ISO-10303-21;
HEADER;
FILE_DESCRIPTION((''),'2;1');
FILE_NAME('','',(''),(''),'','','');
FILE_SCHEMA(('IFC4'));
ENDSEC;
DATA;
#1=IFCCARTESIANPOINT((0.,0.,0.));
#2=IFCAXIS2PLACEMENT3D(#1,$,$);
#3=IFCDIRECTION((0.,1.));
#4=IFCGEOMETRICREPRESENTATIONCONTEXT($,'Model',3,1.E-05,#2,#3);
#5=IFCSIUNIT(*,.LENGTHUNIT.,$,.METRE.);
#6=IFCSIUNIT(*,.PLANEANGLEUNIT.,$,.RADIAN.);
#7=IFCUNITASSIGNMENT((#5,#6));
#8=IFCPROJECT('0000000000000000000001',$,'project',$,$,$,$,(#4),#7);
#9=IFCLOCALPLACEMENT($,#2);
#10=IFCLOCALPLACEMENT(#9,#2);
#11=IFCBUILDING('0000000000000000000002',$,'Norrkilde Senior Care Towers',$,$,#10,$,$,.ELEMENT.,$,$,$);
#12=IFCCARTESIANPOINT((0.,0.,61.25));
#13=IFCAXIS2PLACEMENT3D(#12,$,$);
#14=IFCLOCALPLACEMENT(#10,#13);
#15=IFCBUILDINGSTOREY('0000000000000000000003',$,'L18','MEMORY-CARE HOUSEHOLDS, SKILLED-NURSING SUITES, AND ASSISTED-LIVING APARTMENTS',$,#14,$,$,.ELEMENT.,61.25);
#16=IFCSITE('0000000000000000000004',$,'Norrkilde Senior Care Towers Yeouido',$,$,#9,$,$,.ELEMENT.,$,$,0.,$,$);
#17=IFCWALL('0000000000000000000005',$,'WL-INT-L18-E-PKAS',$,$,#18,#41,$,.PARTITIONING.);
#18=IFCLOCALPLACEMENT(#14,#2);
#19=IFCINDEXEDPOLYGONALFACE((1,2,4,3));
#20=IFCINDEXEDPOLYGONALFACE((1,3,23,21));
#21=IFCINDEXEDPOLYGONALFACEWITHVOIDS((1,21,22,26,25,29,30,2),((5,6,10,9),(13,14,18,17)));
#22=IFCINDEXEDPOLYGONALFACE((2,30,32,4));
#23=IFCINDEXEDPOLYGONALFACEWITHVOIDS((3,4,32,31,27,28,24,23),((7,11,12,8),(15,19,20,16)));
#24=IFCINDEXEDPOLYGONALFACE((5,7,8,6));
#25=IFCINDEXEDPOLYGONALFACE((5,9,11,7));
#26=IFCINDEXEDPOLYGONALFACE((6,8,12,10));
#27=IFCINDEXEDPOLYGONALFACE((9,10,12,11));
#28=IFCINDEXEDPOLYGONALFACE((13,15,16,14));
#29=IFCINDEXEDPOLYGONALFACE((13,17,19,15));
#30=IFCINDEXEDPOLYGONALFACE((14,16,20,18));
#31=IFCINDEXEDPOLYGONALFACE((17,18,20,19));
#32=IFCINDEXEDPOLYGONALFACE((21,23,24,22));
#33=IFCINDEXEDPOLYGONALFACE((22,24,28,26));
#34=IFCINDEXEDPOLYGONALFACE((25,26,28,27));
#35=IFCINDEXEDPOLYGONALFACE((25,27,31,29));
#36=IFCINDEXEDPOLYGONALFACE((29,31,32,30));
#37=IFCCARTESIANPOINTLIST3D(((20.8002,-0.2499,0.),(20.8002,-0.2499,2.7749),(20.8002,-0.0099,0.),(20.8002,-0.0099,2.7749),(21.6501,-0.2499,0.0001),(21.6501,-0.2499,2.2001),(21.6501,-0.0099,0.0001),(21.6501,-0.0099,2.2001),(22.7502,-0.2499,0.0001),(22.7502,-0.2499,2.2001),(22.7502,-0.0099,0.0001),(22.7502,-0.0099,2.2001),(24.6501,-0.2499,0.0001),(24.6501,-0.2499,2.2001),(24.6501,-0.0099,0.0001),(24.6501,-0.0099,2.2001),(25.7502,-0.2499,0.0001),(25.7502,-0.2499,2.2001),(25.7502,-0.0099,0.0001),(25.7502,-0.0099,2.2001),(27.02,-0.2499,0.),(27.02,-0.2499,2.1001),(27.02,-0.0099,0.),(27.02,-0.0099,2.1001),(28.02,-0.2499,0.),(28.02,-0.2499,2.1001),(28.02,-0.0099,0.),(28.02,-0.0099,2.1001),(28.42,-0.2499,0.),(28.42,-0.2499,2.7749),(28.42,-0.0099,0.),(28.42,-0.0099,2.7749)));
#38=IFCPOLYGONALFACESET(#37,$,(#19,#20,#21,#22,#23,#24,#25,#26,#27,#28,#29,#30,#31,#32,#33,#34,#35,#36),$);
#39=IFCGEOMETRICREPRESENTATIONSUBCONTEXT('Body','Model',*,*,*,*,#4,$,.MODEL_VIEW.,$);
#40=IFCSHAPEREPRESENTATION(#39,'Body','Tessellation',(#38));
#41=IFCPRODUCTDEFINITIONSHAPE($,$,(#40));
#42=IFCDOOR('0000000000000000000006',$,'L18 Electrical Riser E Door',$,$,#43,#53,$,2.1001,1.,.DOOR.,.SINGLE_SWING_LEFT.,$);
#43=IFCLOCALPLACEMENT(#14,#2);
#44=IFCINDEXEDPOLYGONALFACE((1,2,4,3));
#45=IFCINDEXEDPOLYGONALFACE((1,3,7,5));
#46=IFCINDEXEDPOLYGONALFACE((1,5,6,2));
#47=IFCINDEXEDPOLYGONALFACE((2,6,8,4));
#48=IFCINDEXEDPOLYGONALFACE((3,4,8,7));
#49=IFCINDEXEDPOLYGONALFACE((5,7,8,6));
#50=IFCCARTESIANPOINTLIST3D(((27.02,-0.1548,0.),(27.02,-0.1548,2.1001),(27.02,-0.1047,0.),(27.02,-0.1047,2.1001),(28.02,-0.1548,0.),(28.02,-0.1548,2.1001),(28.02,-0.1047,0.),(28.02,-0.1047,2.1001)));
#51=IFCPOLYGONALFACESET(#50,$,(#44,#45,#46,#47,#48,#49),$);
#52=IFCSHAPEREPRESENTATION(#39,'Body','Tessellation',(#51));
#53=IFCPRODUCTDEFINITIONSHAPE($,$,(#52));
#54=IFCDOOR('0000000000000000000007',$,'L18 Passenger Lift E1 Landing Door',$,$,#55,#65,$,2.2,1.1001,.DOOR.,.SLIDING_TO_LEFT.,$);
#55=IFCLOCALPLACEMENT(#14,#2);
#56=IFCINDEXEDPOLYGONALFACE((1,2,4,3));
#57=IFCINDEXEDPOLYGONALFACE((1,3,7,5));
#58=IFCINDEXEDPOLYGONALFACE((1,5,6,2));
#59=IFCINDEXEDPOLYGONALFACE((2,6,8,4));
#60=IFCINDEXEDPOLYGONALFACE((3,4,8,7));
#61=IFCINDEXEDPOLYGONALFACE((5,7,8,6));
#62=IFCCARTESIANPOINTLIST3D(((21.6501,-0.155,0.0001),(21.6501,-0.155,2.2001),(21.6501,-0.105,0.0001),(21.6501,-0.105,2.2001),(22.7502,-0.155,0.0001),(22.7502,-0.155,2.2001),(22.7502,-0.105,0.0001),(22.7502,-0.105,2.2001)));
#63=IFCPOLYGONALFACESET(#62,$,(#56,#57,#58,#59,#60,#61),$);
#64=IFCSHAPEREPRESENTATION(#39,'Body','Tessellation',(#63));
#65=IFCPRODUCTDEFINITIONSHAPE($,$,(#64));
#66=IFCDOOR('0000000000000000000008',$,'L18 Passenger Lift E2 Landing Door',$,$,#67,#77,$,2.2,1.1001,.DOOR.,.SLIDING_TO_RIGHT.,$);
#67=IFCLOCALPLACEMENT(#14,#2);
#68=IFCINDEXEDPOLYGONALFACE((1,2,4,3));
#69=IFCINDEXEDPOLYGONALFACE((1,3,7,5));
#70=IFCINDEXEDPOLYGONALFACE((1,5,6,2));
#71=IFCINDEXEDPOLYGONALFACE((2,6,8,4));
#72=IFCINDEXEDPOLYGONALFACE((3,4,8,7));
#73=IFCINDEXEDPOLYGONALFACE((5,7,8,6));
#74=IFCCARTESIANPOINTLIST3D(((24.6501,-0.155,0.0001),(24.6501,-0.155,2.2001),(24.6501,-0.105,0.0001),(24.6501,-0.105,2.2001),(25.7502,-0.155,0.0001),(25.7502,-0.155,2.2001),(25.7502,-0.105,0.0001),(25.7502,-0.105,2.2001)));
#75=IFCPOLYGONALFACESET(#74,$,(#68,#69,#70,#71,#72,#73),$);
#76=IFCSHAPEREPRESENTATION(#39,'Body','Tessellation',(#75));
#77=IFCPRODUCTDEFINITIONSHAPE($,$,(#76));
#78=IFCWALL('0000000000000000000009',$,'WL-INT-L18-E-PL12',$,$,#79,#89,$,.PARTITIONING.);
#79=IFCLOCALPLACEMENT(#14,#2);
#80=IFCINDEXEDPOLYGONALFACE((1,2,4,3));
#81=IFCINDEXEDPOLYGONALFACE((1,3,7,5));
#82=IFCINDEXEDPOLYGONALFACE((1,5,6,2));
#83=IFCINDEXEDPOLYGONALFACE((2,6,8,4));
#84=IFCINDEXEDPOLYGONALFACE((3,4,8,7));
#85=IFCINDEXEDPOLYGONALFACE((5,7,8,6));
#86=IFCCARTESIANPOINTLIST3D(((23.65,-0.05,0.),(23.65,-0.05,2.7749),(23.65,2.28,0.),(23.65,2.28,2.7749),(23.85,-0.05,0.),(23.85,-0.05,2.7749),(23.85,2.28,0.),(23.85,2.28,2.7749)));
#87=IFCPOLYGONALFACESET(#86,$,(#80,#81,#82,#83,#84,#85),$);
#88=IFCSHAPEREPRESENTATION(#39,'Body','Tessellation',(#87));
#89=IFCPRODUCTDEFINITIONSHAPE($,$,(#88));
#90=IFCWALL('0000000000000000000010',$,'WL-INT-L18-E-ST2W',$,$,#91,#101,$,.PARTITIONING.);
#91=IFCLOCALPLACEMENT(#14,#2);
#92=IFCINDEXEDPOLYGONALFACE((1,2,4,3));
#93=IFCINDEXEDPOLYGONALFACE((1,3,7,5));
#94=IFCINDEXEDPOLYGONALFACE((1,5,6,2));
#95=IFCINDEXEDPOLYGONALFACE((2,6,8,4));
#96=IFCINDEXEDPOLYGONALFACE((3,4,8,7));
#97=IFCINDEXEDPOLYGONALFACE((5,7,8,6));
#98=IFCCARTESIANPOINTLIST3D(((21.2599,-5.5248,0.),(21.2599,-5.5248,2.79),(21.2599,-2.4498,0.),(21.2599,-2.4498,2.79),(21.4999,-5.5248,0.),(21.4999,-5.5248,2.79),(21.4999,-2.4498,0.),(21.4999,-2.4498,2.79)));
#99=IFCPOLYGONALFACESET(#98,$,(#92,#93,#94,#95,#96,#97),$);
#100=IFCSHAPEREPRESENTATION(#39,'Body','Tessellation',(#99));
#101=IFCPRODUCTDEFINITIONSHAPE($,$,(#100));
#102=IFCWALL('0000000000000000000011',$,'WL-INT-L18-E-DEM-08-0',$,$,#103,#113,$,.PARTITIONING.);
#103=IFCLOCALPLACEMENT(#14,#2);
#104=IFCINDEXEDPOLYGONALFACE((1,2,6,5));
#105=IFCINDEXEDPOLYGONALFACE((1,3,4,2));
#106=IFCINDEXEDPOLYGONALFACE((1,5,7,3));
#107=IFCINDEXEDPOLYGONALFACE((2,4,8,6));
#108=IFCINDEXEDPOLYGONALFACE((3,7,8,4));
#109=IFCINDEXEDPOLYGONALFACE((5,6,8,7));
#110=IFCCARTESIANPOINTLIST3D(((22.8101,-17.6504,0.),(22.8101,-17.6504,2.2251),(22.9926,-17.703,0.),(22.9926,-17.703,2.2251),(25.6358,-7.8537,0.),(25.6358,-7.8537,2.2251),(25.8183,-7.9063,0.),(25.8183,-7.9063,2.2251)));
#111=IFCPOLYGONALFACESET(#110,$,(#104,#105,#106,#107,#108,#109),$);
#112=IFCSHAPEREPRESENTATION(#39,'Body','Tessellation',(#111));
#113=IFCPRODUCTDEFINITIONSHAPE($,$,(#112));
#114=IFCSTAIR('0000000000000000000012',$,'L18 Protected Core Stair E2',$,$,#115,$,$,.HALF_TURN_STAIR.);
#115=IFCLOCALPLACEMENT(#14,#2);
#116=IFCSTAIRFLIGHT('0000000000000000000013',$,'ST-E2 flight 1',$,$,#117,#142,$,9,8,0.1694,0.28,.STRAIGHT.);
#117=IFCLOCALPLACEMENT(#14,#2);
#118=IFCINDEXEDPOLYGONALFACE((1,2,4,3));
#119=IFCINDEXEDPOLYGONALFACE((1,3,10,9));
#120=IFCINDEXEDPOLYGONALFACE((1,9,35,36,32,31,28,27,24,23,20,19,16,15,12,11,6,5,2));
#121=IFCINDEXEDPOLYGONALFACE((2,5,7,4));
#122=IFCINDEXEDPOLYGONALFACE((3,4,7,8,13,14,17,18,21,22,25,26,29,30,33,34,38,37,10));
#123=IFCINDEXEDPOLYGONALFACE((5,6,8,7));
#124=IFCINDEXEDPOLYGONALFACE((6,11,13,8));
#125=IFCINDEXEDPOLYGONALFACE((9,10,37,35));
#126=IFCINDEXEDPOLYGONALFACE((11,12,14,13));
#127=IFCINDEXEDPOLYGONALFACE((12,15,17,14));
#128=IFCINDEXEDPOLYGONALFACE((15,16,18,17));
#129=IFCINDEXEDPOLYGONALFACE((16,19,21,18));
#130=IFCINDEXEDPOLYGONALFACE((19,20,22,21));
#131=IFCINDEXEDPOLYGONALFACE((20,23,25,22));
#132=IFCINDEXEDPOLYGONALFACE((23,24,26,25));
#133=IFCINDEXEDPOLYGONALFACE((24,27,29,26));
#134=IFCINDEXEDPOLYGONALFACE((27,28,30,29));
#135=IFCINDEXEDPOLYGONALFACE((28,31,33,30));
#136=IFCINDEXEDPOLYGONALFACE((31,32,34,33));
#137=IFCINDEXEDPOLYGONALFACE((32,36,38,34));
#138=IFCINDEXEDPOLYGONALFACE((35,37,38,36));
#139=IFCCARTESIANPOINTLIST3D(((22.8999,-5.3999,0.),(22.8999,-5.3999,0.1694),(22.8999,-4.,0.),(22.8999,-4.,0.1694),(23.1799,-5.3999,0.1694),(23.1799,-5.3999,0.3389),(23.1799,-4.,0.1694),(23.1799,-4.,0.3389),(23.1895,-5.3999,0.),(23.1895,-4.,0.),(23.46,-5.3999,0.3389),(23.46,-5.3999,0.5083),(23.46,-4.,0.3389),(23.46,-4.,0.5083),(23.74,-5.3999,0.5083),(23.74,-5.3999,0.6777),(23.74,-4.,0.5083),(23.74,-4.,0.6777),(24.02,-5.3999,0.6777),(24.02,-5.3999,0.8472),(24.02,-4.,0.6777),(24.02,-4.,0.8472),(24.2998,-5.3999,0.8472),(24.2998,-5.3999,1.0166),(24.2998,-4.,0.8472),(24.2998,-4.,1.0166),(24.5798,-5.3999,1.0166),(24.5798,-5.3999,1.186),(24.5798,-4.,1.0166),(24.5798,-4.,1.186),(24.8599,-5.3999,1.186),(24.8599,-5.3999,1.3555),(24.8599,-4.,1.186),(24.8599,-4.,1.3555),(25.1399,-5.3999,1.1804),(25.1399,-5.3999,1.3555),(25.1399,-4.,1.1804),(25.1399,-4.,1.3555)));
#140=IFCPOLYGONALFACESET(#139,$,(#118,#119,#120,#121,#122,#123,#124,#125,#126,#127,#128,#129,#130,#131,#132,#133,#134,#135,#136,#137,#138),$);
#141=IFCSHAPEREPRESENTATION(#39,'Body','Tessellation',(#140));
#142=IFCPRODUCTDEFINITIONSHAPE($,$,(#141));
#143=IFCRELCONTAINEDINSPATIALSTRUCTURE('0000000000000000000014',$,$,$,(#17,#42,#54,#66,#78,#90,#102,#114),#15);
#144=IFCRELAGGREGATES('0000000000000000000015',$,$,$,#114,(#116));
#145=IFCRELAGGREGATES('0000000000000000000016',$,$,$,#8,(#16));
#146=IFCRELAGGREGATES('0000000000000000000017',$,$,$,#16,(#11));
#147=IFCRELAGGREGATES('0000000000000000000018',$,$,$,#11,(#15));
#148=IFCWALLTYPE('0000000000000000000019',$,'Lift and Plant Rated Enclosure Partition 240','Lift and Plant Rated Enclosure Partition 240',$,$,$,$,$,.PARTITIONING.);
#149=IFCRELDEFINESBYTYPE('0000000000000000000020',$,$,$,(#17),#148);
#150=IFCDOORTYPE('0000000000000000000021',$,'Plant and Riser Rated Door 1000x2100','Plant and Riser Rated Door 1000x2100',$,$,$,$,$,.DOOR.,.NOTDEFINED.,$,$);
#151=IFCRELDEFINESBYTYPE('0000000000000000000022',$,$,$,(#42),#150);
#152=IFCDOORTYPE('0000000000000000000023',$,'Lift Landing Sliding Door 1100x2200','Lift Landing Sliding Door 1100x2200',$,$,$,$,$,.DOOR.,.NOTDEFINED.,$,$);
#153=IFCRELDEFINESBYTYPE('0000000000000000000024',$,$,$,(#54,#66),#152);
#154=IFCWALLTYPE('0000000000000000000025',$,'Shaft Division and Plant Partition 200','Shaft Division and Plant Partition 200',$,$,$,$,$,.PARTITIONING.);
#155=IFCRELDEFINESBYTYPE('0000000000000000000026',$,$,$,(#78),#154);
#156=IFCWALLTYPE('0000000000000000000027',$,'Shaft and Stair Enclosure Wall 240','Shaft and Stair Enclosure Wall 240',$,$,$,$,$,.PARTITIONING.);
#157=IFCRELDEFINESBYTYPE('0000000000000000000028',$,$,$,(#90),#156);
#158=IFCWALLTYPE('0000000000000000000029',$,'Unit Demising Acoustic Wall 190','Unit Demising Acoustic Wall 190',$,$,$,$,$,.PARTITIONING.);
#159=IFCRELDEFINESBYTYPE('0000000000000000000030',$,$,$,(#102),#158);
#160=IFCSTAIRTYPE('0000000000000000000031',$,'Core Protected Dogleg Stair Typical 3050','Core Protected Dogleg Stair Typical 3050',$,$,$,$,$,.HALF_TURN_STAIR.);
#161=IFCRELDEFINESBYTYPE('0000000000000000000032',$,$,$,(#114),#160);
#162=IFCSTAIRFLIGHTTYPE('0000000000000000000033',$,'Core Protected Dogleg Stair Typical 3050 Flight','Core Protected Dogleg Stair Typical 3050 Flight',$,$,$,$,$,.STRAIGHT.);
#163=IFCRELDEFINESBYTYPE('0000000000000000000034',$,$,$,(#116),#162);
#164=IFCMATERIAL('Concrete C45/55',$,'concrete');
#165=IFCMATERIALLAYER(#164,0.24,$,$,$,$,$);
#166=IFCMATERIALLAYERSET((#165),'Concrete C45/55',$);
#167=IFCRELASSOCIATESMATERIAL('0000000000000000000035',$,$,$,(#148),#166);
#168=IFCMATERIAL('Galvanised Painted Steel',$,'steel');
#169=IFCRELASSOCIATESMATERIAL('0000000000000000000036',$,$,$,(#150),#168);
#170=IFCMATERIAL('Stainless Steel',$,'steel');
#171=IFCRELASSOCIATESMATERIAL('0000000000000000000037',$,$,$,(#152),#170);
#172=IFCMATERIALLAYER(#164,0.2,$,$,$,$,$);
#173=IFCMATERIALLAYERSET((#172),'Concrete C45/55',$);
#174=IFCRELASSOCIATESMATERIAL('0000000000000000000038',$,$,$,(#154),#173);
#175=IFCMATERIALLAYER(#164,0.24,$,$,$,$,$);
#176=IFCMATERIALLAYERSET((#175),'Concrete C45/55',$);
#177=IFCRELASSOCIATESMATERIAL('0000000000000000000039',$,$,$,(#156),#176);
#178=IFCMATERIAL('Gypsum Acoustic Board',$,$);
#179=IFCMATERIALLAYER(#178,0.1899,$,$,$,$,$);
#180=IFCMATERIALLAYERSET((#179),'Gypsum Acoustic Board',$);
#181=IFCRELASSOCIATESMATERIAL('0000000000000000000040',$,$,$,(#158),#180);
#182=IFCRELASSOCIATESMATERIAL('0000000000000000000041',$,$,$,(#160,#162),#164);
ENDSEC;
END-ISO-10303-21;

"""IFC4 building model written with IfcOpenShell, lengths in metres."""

from ifc_helpers import new_model, si_unit, direction, frame, frame_2d, origin, place, context, subcontext, project, spatial, polyline, rectangle, outline, extrude, source, transform, mapped, material, layer, layer_set, type_object, type_shapes, element, fill, aggregate, save


model = new_model("IFC4")

# Units and contexts
model_context = context("Model", 3, precision=1e-05, world=origin(), true_north=direction((0.0, 1.0)))
body_context = subcontext(model_context, "Body", "Model", "MODEL_VIEW")
ifc_project = project(units=[si_unit("LENGTHUNIT", "METRE"), si_unit("PLANEANGLEUNIT", "RADIAN")], contexts=[model_context])

# Site, building, storey
site_placement = place(None, origin())
site = spatial("IfcSite", under=ifc_project, at=site_placement, Name="Norrkilde Senior Care Towers Yeouido", CompositionType="ELEMENT", RefElevation=0.0)
building_placement = place(site_placement, origin())
building = spatial("IfcBuilding", under=site, at=building_placement, Name="Norrkilde Senior Care Towers", CompositionType="ELEMENT")
storey_placement = place(building_placement, frame((0.0, 0.0, 61.25)))
storey = spatial("IfcBuildingStorey", under=building, at=storey_placement, Name="L18", Description="MEMORY-CARE HOUSEHOLDS, SKILLED-NURSING SUITES, AND ASSISTED-LIVING APARTMENTS", CompositionType="ELEMENT", Elevation=61.25)

# Shared definitions
ifc_material_1 = material(Name="Galvanised Painted Steel", Category="steel")

# Wall, openings, doors
ifc_material_2 = material(Name="Concrete C45/55", Category="concrete")
ifc_layer_1 = layer(ifc_material_2, 0.24)
ifc_layer_set_1 = layer_set([ifc_layer_1], Name="Concrete C45/55")
wall_type_1 = type_object("IfcWallType", Name="Lift and Plant Rated Enclosure Partition 240", Description="Lift and Plant Rated Enclosure Partition 240", PredefinedType="PARTITIONING", material=ifc_layer_set_1)
shared_shape_1 = source(origin(), body_context, "Body", "SweptSolid", [
    extrude(rectangle(XDim=7.6199, YDim=0.24, at=frame_2d((3.8101, 0.0))), origin(), (0.0, 0.0, 1.0), 2.7749),
])
type_shapes(wall_type_1, [shared_shape_1])
wall_1_placement = place(storey_placement, frame((20.8, -0.1299, 0.0), z_axis=(0.0, 0.0, 1.0), x_axis=(1.0, 0.0, 0.0)))
wall_1 = element("IfcWall", 1, at=wall_1_placement, inside=storey, type_object=wall_type_1, Name="WL-INT-L18-E-PKAS", PredefinedType="PARTITIONING", context=body_context, shape_type="MappedRepresentation", body=[
    mapped(shared_shape_1, transform((0.0, 0.0, 0.0), x_axis=(1.0, 0.0, 0.0), y_axis=(0.0, 1.0, 0.0), z_axis=(0.0, 0.0, 1.0), scale=1.0)),
])
opening_1_placement = place(wall_1_placement, frame((6.22, 0.0, 0.0)))
opening_1 = element("IfcOpeningElement", 2, at=opening_1_placement, cuts=wall_1, PredefinedType="OPENING", context=body_context, shape_type="SweptSolid", body=[
    extrude(rectangle(XDim=1.0, YDim=2.1001, at=frame_2d((0.5, 1.05))), frame((0.0, 0.1299, 0.0), z_axis=(0.0, -1.0, 0.0), x_axis=(1.0, 0.0, 0.0)), (0.0, 0.0, 1.0), 0.26),
])
opening_2_placement = place(wall_1_placement, frame((0.8501, 0.0, 0.0)))
opening_2 = element("IfcOpeningElement", 3, at=opening_2_placement, cuts=wall_1, PredefinedType="OPENING", context=body_context, shape_type="SweptSolid", body=[
    extrude(rectangle(XDim=1.1001, YDim=2.2, at=frame_2d((0.55, 1.1001))), frame((0.0, 0.1299, 0.0), z_axis=(0.0, -1.0, 0.0), x_axis=(1.0, 0.0, 0.0)), (0.0, 0.0, 1.0), 0.26),
])
opening_3_placement = place(wall_1_placement, frame((3.8501, 0.0, 0.0)))
opening_3 = element("IfcOpeningElement", 4, at=opening_3_placement, cuts=wall_1, PredefinedType="OPENING", context=body_context, shape_type="SweptSolid", body=[
    extrude(rectangle(XDim=1.1001, YDim=2.2, at=frame_2d((0.55, 1.1001))), frame((0.0, 0.1299, 0.0), z_axis=(0.0, -1.0, 0.0), x_axis=(1.0, 0.0, 0.0)), (0.0, 0.0, 1.0), 0.26),
])
door_type_1 = type_object("IfcDoorType", Name="Plant and Riser Rated Door 1000x2100", Description="Plant and Riser Rated Door 1000x2100", OperationType="NOTDEFINED", PredefinedType="DOOR", material=ifc_material_1)
shared_shape_2 = source(origin(), body_context, "Body", "SweptSolid", [
    extrude(rectangle(XDim=1.0, YDim=2.1001, at=frame_2d((0.5, 1.05))), frame((0.0, 0.0249, 0.0), z_axis=(0.0, -1.0, 0.0), x_axis=(1.0, 0.0, 0.0)), (0.0, 0.0, 1.0), 0.05),
])
type_shapes(door_type_1, [shared_shape_2])
door_1_placement = place(opening_1_placement, frame((1.0, 0.0, 0.0), z_axis=(0.0, 0.0, 1.0), x_axis=(-1.0, 0.0, 0.0)))
door_1 = element("IfcDoor", 5, at=door_1_placement, inside=storey, type_object=door_type_1, Name="L18 Electrical Riser E Door", OperationType="SINGLE_SWING_LEFT", OverallHeight=2.1001, OverallWidth=1.0, PredefinedType="DOOR", context=body_context, shape_type="MappedRepresentation", body=[
    mapped(shared_shape_2, transform((0.0, 0.0, 0.0), x_axis=(1.0, 0.0, 0.0), y_axis=(0.0, 1.0, 0.0), z_axis=(0.0, 0.0, 1.0), scale=1.0)),
])
fill(opening_1, door_1)
ifc_material_3 = material(Name="Stainless Steel", Category="steel")
door_type_2 = type_object("IfcDoorType", Name="Lift Landing Sliding Door 1100x2200", Description="Lift Landing Sliding Door 1100x2200", OperationType="NOTDEFINED", PredefinedType="DOOR", material=ifc_material_3)
shared_shape_3 = source(origin(), body_context, "Body", "SweptSolid", [
    extrude(rectangle(XDim=1.1001, YDim=2.2, at=frame_2d((0.55, 1.1001))), frame((0.0, 0.0249, 0.0), z_axis=(0.0, -1.0, 0.0), x_axis=(1.0, 0.0, 0.0)), (0.0, 0.0, 1.0), 0.05),
])
type_shapes(door_type_2, [shared_shape_3])
door_2_placement = place(opening_2_placement, origin())
door_2 = element("IfcDoor", 6, at=door_2_placement, inside=storey, type_object=door_type_2, Name="L18 Passenger Lift E1 Landing Door", OperationType="SLIDING_TO_LEFT", OverallHeight=2.2, OverallWidth=1.1001, PredefinedType="DOOR", context=body_context, shape_type="MappedRepresentation", body=[
    mapped(shared_shape_3, transform((0.0, 0.0, 0.0), x_axis=(1.0, 0.0, 0.0), y_axis=(0.0, 1.0, 0.0), z_axis=(0.0, 0.0, 1.0), scale=1.0)),
])
fill(opening_2, door_2)
door_3_placement = place(opening_3_placement, origin())
door_3 = element("IfcDoor", 7, at=door_3_placement, inside=storey, type_object=door_type_2, Name="L18 Passenger Lift E2 Landing Door", OperationType="SLIDING_TO_RIGHT", OverallHeight=2.2, OverallWidth=1.1001, PredefinedType="DOOR", context=body_context, shape_type="MappedRepresentation", body=[
    mapped(shared_shape_3, transform((0.0, 0.0, 0.0), x_axis=(1.0, 0.0, 0.0), y_axis=(0.0, 1.0, 0.0), z_axis=(0.0, 0.0, 1.0), scale=1.0)),
])
fill(opening_3, door_3)

# Wall
ifc_layer_2 = layer(ifc_material_2, 0.2)
ifc_layer_set_2 = layer_set([ifc_layer_2], Name="Concrete C45/55")
wall_type_2 = type_object("IfcWallType", Name="Shaft Division and Plant Partition 200", Description="Shaft Division and Plant Partition 200", PredefinedType="PARTITIONING", material=ifc_layer_set_2)
shared_shape_4 = source(origin(), body_context, "Body", "SweptSolid", [
    extrude(rectangle(XDim=2.3301, YDim=0.2, at=frame_2d((1.165, 0.0))), origin(), (0.0, 0.0, 1.0), 2.7749),
])
type_shapes(wall_type_2, [shared_shape_4])
wall_2_placement = place(storey_placement, frame((23.75, -0.05, 0.0), z_axis=(0.0, 0.0, 1.0), x_axis=(0.0, 1.0, 0.0)))
element("IfcWall", 8, at=wall_2_placement, inside=storey, type_object=wall_type_2, Name="WL-INT-L18-E-PL12", PredefinedType="PARTITIONING", context=body_context, shape_type="MappedRepresentation", body=[
    mapped(shared_shape_4, transform((0.0, 0.0, 0.0), x_axis=(1.0, 0.0, 0.0), y_axis=(0.0, 1.0, 0.0), z_axis=(0.0, 0.0, 1.0), scale=1.0)),
])

# Shared definitions
ifc_layer_3 = layer(ifc_material_2, 0.24)
ifc_layer_set_3 = layer_set([ifc_layer_3], Name="Concrete C45/55")
wall_type_3 = type_object("IfcWallType", Name="Shaft and Stair Enclosure Wall 240", Description="Shaft and Stair Enclosure Wall 240", PredefinedType="PARTITIONING", material=ifc_layer_set_3)

# Walls
shared_shape_5 = source(origin(), body_context, "Body", "SweptSolid", [
    extrude(rectangle(XDim=3.075, YDim=0.24, at=frame_2d((1.5376, 0.0))), origin(), (0.0, 0.0, 1.0), 2.79),
])
wall_3_placement = place(storey_placement, frame((21.3799, -5.5249, 0.0), z_axis=(0.0, 0.0, 1.0), x_axis=(0.0, 1.0, 0.0)))
element("IfcWall", 9, at=wall_3_placement, inside=storey, type_object=wall_type_3, Name="WL-INT-L18-E-ST2W", PredefinedType="PARTITIONING", context=body_context, shape_type="MappedRepresentation", body=[
    mapped(shared_shape_5, transform((0.0, 0.0, 0.0), x_axis=(1.0, 0.0, 0.0), y_axis=(0.0, 1.0, 0.0), z_axis=(0.0, 0.0, 1.0), scale=1.0)),
])
ifc_material_4 = material(Name="Gypsum Acoustic Board")
ifc_layer_4 = layer(ifc_material_4, 0.1899)
ifc_layer_set_4 = layer_set([ifc_layer_4], Name="Gypsum Acoustic Board")
wall_type_4 = type_object("IfcWallType", Name="Unit Demising Acoustic Wall 190", Description="Unit Demising Acoustic Wall 190", PredefinedType="PARTITIONING", material=ifc_layer_set_4)
shared_shape_6 = source(origin(), body_context, "Body", "SweptSolid", [
    extrude(rectangle(XDim=10.196, YDim=0.1899, at=frame_2d((5.0981, 0.0))), origin(), (0.0, 0.0, 1.0), 2.2251),
])
type_shapes(wall_type_4, [shared_shape_6])
wall_4_placement = place(storey_placement, frame((25.7271, -7.8799, 0.0), z_axis=(0.0, 0.0, 1.0), x_axis=(-0.277136, -0.960831, 0.0)))
element("IfcWall", 10, at=wall_4_placement, inside=storey, type_object=wall_type_4, Name="WL-INT-L18-E-DEM-08-0", PredefinedType="PARTITIONING", context=body_context, shape_type="MappedRepresentation", body=[
    mapped(shared_shape_6, transform((0.0, 0.0, 0.0), x_axis=(1.0, 0.0, 0.0), y_axis=(0.0, 1.0, 0.0), z_axis=(0.0, 0.0, 1.0), scale=1.0)),
])

# Stair, stair flight
stair_type = type_object("IfcStairType", Name="Core Protected Dogleg Stair Typical 3050", Description="Core Protected Dogleg Stair Typical 3050", PredefinedType="HALF_TURN_STAIR", material=ifc_material_2)
stair_placement = place(storey_placement, origin())
stair = element("IfcStair", 11, at=stair_placement, inside=storey, type_object=stair_type, Name="L18 Protected Core Stair E2", PredefinedType="HALF_TURN_STAIR")
stair_flight_type = type_object("IfcStairFlightType", Name="Core Protected Dogleg Stair Typical 3050 Flight", Description="Core Protected Dogleg Stair Typical 3050 Flight", PredefinedType="STRAIGHT", material=ifc_material_2)
stair_flight_1_placement = place(storey_placement, frame((22.8999, -4.7, 0.0), z_axis=(0.0, 0.0, 1.0), x_axis=(1.0, 0.0, 0.0)))
stair_flight_1 = element("IfcStairFlight", 12, at=stair_flight_1_placement, type_object=stair_flight_type, Name="ST-E2 flight 1", NumberOfRisers=9, NumberOfTreads=8, PredefinedType="STRAIGHT", RiserHeight=0.1694, TreadLength=0.28, context=body_context, shape_type="SweptSolid", body=[
    extrude(outline(polyline([(0.0, 0.0), (0.0, 0.1694), (0.28, 0.1694), (0.28, 0.3389), (0.5601, 0.3389), (0.5601, 0.5083), (0.8401, 0.5083), (0.8401, 0.6777), (1.1201, 0.6777), (1.1201, 0.8472), (1.3999, 0.8472), (1.3999, 1.0166), (1.6799, 1.0166), (1.6799, 1.186), (1.96, 1.186), (1.96, 1.3555), (2.24, 1.3555), (2.24, 1.5249), (2.24, 1.1804), (0.2896, 0.0), (0.0, 0.0)])), frame((0.0, 0.7, 0.0), z_axis=(0.0, -1.0, 0.0), x_axis=(1.0, 0.0, 0.0)), (0.0, 0.0, 1.0), 1.3999),
])
aggregate(stair, [stair_flight_1])

save(model, "model.ifc")
